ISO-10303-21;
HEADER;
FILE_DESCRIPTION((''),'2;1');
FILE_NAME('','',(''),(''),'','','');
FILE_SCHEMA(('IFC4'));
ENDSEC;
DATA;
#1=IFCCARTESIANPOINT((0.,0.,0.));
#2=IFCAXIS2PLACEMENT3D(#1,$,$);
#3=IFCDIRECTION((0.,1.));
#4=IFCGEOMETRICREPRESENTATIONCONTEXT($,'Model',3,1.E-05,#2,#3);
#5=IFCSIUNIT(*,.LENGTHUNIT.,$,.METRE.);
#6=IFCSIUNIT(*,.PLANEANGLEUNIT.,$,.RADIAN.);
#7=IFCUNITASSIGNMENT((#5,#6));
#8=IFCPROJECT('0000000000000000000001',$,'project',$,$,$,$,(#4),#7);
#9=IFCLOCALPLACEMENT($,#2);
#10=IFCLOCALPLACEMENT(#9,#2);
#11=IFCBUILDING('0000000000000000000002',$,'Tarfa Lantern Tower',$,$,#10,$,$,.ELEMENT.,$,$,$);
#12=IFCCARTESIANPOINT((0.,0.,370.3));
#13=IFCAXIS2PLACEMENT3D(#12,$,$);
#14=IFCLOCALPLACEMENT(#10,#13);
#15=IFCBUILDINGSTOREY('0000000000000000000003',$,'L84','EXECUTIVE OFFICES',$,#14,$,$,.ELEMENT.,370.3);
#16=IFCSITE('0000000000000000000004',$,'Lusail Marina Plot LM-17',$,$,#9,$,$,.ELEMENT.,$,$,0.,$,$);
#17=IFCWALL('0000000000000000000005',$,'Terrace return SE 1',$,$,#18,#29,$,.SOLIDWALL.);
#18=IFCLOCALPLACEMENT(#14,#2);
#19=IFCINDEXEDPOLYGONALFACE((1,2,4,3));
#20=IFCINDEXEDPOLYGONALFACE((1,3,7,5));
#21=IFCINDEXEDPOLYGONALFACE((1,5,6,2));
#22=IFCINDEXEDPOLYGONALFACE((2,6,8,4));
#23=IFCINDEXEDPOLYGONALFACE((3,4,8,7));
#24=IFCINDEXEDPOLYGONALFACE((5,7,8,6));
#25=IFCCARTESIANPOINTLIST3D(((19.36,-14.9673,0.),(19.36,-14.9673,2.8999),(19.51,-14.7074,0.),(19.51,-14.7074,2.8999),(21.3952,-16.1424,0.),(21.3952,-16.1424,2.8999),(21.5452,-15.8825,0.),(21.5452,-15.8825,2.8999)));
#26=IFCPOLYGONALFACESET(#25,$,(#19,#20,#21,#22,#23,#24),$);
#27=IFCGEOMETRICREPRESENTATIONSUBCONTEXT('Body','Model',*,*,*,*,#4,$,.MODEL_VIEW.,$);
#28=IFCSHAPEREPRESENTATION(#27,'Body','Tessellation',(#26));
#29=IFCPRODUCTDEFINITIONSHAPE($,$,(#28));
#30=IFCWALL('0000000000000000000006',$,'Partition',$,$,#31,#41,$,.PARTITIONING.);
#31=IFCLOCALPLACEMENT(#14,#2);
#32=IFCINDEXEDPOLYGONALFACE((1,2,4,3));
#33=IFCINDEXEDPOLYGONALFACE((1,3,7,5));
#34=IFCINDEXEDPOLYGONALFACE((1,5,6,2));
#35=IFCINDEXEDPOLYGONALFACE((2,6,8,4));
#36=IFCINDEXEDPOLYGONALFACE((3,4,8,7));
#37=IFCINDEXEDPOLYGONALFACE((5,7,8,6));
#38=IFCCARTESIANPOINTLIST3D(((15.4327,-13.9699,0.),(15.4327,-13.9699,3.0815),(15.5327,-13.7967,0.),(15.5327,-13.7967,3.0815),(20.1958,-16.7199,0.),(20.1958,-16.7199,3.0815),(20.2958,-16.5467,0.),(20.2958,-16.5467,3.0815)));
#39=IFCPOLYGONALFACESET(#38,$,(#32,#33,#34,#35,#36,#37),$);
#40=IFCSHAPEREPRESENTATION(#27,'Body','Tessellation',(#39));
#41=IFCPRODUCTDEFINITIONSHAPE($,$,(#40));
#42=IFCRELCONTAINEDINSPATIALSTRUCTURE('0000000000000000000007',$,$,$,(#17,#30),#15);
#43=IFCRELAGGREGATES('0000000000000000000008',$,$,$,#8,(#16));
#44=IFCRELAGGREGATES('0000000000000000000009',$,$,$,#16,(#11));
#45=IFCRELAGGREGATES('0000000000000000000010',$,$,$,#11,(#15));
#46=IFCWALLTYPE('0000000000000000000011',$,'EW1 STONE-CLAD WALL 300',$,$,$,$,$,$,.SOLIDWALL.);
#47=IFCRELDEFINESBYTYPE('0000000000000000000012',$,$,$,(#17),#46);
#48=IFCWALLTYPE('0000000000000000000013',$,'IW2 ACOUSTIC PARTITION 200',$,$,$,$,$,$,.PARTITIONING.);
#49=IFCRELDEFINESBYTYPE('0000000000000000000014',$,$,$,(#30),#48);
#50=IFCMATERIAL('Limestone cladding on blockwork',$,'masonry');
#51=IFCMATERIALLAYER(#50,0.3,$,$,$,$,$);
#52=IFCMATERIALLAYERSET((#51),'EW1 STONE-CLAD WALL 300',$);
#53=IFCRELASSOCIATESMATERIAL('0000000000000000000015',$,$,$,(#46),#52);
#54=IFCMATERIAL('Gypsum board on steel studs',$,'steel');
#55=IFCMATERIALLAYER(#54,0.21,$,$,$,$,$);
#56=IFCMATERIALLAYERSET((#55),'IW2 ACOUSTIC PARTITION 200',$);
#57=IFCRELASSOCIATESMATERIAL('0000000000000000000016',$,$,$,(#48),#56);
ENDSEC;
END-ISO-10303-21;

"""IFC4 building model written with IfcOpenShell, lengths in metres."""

from ifc_helpers import new_model, si_unit, direction, frame, frame_2d, origin, place, context, subcontext, project, spatial, rectangle, extrude, material, layer, layer_set, type_object, element, save


model = new_model("IFC4")

# Units and contexts
model_context = context("Model", 3, precision=1e-05, world=origin(), true_north=direction((0.0, 1.0)))
body_context = subcontext(model_context, "Body", "Model", "MODEL_VIEW")
ifc_project = project(units=[si_unit("LENGTHUNIT", "METRE"), si_unit("PLANEANGLEUNIT", "RADIAN")], contexts=[model_context])

# Site, building, storey
site_placement = place(None, origin())
site = spatial("IfcSite", under=ifc_project, at=site_placement, Name="Lusail Marina Plot LM-17", CompositionType="ELEMENT", RefElevation=0.0)
building_placement = place(site_placement, origin())
building = spatial("IfcBuilding", under=site, at=building_placement, Name="Tarfa Lantern Tower", CompositionType="ELEMENT")
storey_placement = place(building_placement, frame((0.0, 0.0, 370.3)))
storey = spatial("IfcBuildingStorey", under=building, at=storey_placement, Name="L84", Description="EXECUTIVE OFFICES", CompositionType="ELEMENT", Elevation=370.3)

# Shared definitions
ifc_material_1 = material(Name="Limestone cladding on blockwork", Category="masonry")
ifc_layer_1 = layer(ifc_material_1, 0.3)
ifc_layer_set_1 = layer_set([ifc_layer_1], Name="EW1 STONE-CLAD WALL 300")
wall_type_1 = type_object("IfcWallType", Name="EW1 STONE-CLAD WALL 300", PredefinedType="SOLIDWALL", material=ifc_layer_set_1)

# Wall
wall_1_placement = place(storey_placement, frame((21.4702, -16.0125, 0.0), z_axis=(0.0, 0.0, 1.0), x_axis=(-0.866016, 0.500016, 0.0)))
element("IfcWall", 1, at=wall_1_placement, inside=storey, type_object=wall_type_1, Name="Terrace return SE 1", PredefinedType="SOLIDWALL", context=body_context, shape_type="SweptSolid", body=[
    extrude(rectangle(XDim=2.3501, YDim=0.3, at=frame_2d((1.175, 0.0))), origin(), (0.0, 0.0, 1.0), 2.8999),
])

# Shared definitions
ifc_material_2 = material(Name="Gypsum board on steel studs", Category="steel")
ifc_layer_2 = layer(ifc_material_2, 0.21)
ifc_layer_set_2 = layer_set([ifc_layer_2], Name="IW2 ACOUSTIC PARTITION 200")
wall_type_2 = type_object("IfcWallType", Name="IW2 ACOUSTIC PARTITION 200", PredefinedType="PARTITIONING", material=ifc_layer_set_2)

# Wall
wall_2_placement = place(storey_placement, frame((15.4827, -13.8833, 0.0), z_axis=(0.0, 0.0, 1.0), x_axis=(0.866027, -0.499997, 0.0)))
element("IfcWall", 2, at=wall_2_placement, inside=storey, type_object=wall_type_2, Name="Partition", PredefinedType="PARTITIONING", context=body_context, shape_type="SweptSolid", body=[
    extrude(rectangle(XDim=5.5, YDim=0.2, at=frame_2d((2.75, 0.0))), origin(), (0.0, 0.0, 1.0), 3.0815),
])

save(model, "model.ifc")
